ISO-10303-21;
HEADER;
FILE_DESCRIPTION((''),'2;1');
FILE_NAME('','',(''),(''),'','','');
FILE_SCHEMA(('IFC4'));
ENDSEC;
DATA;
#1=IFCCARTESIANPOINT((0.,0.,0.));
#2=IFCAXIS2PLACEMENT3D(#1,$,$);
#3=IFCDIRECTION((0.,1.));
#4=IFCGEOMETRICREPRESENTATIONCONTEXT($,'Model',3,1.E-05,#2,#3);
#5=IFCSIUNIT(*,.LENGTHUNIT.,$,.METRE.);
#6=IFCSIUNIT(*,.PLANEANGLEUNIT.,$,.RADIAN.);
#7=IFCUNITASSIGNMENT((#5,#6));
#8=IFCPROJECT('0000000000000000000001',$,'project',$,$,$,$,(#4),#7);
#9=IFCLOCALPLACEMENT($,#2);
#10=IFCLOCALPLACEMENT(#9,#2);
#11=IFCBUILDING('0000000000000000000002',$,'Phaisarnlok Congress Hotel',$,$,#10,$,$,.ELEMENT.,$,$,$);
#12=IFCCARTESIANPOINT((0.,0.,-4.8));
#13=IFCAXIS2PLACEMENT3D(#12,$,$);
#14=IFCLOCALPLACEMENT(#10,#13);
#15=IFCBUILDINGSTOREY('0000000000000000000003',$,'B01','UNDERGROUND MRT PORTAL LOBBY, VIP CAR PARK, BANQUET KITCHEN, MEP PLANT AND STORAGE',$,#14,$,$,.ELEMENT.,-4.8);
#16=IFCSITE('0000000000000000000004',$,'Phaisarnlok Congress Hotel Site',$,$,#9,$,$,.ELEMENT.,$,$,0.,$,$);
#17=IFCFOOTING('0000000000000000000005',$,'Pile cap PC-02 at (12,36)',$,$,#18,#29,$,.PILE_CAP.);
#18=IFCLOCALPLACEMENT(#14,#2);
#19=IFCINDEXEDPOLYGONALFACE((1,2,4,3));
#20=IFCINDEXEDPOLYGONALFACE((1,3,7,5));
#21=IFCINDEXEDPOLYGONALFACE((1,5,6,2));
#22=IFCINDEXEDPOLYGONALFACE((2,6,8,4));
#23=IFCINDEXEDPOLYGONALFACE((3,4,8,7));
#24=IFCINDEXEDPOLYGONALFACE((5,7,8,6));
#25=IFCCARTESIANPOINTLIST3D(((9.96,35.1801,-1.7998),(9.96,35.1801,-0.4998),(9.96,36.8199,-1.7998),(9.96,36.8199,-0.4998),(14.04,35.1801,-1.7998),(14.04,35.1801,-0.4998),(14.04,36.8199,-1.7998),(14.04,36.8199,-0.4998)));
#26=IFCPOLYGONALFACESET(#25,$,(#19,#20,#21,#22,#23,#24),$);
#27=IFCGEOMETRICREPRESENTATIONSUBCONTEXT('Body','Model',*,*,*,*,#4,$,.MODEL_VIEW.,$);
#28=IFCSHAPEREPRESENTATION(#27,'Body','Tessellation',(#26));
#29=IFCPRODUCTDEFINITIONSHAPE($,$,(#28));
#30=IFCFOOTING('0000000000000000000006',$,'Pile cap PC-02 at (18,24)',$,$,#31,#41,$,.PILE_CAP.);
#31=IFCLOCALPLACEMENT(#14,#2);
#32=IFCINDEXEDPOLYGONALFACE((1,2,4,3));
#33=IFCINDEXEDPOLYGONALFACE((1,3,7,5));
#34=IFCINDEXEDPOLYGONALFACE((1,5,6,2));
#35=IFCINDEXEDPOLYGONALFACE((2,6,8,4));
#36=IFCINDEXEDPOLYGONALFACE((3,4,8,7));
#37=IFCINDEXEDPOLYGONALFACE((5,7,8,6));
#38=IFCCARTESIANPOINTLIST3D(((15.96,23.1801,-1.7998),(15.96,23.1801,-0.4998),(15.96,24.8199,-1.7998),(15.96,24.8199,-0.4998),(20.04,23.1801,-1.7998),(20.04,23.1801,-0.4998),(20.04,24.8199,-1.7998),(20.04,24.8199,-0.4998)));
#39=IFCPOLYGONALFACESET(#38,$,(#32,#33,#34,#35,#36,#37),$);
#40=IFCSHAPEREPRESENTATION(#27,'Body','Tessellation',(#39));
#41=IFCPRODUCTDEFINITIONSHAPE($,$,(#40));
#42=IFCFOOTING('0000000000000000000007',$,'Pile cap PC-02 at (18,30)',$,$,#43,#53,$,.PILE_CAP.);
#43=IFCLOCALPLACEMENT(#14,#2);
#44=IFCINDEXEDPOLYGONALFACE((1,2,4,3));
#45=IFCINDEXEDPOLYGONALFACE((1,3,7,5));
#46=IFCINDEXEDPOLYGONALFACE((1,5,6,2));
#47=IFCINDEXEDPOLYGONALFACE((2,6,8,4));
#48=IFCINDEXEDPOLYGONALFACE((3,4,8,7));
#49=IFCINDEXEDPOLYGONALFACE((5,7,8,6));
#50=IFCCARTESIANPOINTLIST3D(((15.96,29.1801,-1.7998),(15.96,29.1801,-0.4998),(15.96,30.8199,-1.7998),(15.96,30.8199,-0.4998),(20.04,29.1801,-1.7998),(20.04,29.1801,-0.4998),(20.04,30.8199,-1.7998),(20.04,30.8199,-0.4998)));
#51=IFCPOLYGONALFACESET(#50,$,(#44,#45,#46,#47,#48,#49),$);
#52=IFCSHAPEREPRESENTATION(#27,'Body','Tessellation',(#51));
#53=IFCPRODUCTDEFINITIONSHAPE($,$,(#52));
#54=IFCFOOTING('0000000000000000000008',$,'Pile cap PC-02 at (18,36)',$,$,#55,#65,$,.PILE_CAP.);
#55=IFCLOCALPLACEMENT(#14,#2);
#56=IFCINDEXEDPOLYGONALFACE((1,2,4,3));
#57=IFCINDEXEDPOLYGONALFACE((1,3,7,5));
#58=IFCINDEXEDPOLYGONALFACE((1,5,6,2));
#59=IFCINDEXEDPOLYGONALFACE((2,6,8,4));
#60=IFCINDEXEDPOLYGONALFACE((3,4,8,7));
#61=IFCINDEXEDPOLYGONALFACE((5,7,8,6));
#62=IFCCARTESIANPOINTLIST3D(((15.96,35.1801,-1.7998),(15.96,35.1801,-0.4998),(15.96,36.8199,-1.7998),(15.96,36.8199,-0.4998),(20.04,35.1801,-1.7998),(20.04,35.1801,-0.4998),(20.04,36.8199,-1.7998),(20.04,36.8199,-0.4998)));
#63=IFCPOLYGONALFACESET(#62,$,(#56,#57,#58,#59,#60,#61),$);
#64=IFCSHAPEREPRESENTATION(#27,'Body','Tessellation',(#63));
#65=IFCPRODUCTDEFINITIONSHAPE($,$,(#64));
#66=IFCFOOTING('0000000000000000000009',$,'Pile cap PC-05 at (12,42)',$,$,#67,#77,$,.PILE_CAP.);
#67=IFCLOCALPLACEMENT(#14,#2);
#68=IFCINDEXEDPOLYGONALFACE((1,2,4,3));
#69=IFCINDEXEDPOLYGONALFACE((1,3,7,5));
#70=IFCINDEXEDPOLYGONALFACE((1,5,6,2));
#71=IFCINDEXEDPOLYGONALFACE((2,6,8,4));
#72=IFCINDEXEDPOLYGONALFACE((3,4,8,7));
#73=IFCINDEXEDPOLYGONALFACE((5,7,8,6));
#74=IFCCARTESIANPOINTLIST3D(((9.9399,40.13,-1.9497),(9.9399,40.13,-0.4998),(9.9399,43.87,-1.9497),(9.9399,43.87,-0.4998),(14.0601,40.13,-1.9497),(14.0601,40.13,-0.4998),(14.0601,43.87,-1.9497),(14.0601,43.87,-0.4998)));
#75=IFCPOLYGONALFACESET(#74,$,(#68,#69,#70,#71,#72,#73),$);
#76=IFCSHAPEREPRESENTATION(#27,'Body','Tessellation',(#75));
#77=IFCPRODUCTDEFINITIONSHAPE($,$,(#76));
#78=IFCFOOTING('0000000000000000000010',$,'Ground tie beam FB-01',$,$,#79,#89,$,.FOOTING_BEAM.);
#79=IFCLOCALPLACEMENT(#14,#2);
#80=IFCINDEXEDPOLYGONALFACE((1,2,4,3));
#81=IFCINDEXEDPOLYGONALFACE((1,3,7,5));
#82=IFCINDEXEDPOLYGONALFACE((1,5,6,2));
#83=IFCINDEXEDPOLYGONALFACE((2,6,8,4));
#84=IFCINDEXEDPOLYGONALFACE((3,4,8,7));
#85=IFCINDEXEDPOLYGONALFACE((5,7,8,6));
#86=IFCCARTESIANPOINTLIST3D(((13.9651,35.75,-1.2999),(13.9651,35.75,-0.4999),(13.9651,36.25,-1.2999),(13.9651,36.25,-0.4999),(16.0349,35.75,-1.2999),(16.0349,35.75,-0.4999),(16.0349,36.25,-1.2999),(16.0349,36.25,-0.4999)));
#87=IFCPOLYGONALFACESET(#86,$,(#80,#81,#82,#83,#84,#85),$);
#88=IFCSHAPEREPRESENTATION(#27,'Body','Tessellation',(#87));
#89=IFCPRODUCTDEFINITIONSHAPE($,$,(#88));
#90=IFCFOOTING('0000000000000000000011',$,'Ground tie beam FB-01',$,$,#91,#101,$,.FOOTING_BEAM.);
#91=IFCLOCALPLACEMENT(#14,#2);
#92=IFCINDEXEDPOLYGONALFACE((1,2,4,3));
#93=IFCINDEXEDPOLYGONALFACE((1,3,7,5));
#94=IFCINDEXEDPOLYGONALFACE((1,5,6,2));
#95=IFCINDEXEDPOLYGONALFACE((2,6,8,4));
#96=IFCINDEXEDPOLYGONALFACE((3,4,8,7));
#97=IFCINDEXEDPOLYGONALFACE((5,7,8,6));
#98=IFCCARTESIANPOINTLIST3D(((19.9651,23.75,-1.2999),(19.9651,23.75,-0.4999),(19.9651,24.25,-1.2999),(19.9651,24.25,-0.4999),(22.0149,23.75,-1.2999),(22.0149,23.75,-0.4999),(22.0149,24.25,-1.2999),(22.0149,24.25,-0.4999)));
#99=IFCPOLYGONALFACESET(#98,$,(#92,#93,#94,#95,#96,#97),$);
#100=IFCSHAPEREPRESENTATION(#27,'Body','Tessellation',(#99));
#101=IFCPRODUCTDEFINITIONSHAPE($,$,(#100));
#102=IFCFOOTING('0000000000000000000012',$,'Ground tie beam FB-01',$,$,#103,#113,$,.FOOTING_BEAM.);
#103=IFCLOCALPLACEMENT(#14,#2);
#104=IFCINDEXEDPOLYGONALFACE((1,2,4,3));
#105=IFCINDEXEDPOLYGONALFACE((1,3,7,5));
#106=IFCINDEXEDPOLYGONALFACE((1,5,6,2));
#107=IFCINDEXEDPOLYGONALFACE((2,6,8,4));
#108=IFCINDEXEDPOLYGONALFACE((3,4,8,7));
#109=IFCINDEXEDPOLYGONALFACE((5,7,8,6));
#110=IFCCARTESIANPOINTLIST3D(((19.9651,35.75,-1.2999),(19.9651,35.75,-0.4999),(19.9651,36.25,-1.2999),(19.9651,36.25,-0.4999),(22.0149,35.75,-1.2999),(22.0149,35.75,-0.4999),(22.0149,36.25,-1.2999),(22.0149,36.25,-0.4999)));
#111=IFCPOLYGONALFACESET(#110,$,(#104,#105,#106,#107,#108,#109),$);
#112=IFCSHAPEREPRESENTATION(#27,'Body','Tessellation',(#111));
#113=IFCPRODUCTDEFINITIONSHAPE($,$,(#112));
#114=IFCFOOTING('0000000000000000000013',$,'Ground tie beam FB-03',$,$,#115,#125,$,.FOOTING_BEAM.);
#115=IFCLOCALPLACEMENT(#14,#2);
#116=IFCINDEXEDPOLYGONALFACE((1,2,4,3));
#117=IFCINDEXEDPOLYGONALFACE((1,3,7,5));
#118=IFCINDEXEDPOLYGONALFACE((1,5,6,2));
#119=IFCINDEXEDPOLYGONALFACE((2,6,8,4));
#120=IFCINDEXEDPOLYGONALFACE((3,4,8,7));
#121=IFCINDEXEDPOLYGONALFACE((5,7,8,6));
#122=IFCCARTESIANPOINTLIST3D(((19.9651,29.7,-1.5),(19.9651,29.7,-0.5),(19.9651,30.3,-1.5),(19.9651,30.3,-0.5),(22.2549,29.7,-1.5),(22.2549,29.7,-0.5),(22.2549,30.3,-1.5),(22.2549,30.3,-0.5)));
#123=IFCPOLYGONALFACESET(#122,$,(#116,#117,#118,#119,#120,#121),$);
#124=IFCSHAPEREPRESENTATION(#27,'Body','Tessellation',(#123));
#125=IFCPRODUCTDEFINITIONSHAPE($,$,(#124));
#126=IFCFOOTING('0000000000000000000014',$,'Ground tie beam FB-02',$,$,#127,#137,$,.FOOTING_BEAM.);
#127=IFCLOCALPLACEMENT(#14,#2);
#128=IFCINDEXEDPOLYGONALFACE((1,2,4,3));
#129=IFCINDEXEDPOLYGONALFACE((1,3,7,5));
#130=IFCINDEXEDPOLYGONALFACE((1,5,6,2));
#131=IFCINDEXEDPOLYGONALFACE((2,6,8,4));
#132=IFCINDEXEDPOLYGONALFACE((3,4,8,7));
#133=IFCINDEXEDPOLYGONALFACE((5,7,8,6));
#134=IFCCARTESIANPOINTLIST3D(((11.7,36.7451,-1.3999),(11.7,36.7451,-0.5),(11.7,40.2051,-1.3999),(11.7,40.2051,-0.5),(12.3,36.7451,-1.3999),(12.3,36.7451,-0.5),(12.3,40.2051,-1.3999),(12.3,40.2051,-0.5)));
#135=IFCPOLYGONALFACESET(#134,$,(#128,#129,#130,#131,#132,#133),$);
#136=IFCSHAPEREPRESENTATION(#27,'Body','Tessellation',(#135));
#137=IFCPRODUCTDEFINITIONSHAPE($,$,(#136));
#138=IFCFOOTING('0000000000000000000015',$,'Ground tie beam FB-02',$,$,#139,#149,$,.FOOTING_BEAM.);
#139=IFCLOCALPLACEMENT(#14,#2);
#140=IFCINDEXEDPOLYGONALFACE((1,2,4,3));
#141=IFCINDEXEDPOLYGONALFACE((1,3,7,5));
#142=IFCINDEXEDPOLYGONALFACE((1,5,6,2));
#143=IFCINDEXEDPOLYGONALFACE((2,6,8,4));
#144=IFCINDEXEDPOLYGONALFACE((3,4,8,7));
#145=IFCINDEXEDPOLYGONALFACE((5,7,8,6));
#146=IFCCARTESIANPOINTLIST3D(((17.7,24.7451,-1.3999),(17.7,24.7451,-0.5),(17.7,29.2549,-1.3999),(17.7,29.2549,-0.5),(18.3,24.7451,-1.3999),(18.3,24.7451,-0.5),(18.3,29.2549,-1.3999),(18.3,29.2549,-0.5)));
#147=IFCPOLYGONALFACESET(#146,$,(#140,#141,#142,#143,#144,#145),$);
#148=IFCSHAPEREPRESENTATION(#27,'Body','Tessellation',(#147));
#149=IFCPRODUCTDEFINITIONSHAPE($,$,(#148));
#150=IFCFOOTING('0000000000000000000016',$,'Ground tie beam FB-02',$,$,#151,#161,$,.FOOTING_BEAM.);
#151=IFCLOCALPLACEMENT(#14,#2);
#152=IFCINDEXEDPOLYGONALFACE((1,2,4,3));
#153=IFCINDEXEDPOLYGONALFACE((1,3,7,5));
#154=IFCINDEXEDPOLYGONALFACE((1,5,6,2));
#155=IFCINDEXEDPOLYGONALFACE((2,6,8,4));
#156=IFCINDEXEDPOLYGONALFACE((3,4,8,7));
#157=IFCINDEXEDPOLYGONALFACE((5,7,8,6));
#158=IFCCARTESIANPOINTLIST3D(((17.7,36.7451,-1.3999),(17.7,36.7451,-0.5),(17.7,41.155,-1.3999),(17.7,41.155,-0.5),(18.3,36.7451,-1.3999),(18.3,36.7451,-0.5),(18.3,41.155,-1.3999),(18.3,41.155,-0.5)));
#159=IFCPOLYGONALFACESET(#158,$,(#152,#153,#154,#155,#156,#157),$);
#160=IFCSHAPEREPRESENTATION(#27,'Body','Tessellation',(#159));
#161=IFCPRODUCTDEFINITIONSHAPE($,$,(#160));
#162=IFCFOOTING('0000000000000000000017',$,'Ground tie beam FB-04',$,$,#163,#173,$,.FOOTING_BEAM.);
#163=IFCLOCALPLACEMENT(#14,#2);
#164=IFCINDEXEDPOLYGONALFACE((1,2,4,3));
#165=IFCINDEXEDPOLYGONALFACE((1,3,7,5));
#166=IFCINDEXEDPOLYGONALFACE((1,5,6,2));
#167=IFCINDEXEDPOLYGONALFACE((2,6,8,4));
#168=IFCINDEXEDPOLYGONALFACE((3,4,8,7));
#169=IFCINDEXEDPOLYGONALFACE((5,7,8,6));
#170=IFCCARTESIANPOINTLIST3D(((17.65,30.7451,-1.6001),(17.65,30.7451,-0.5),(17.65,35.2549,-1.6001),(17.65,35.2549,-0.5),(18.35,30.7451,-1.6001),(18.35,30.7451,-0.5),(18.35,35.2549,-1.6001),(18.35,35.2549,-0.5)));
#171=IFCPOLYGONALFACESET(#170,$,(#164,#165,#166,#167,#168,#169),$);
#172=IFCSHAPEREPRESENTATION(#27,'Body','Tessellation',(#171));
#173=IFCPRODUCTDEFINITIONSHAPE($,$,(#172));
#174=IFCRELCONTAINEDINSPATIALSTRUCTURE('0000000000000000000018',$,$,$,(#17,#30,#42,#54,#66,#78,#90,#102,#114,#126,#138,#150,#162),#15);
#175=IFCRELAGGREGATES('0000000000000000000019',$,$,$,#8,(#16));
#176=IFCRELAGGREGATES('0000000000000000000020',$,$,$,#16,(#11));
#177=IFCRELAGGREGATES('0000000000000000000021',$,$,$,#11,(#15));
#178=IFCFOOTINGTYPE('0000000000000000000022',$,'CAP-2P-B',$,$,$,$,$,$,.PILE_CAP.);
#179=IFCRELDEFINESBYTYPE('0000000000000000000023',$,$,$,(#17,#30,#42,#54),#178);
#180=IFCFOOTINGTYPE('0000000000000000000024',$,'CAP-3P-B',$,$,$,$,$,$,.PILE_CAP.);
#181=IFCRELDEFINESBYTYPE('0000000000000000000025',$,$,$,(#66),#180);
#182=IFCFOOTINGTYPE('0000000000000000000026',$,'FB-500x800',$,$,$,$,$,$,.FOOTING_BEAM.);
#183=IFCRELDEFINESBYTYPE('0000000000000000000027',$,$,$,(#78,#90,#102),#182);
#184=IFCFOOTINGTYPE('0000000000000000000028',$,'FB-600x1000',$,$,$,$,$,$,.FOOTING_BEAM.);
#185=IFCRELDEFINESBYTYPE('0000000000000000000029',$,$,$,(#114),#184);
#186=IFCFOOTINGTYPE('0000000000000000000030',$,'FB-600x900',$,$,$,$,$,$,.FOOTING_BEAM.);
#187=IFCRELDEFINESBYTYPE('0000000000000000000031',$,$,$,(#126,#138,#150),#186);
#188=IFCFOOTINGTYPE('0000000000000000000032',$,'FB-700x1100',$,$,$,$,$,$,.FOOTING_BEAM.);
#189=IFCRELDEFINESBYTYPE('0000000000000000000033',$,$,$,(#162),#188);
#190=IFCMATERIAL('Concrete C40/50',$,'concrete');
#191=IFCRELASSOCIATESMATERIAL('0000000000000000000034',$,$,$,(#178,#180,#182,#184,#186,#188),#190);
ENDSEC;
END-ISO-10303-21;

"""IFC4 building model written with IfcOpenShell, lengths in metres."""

from ifc_helpers import new_model, si_unit, direction, frame, origin, origin_2d, place, context, subcontext, project, spatial, rectangle, extrude, material, material_profile, profile_set, type_object, element, save


model = new_model("IFC4")

# Units and contexts
model_context = context("Model", 3, precision=1e-05, world=origin(), true_north=direction((0.0, 1.0)))
body_context = subcontext(model_context, "Body", "Model", "MODEL_VIEW")
ifc_project = project(units=[si_unit("LENGTHUNIT", "METRE"), si_unit("PLANEANGLEUNIT", "RADIAN")], contexts=[model_context])

# Site, building, storey
site_placement = place(None, origin())
site = spatial("IfcSite", under=ifc_project, at=site_placement, Name="Phaisarnlok Congress Hotel Site", CompositionType="ELEMENT", RefElevation=0.0)
building_placement = place(site_placement, origin())
building = spatial("IfcBuilding", under=site, at=building_placement, Name="Phaisarnlok Congress Hotel", CompositionType="ELEMENT")
storey_placement = place(building_placement, frame((0.0, 0.0, -4.8)))
storey = spatial("IfcBuildingStorey", under=building, at=storey_placement, Name="B01", Description="UNDERGROUND MRT PORTAL LOBBY, VIP CAR PARK, BANQUET KITCHEN, MEP PLANT AND STORAGE", CompositionType="ELEMENT", Elevation=-4.8)

# Footings
ifc_material_1 = material(Name="Concrete C40/50", Category="concrete")
footing_type_1 = type_object("IfcFootingType", Name="CAP-2P-B", PredefinedType="PILE_CAP", material=ifc_material_1)
for number, where, z_axis, x_axis, name in (
    (1, (12.0, 36.0, -1.7998), (0.0, 0.0, 1.0), (1.0, 0.0, 0.0), "Pile cap PC-02 at (12,36)"),
    (2, (18.0, 24.0, -1.7998), (0.0, 0.0, 1.0), (1.0, 0.0, 0.0), "Pile cap PC-02 at (18,24)"),
    (3, (18.0, 30.0, -1.7998), (0.0, 0.0, 1.0), (1.0, 0.0, 0.0), "Pile cap PC-02 at (18,30)"),
    (4, (18.0, 36.0, -1.7998), (0.0, 0.0, 1.0), (1.0, 0.0, 0.0), "Pile cap PC-02 at (18,36)"),
):
    element("IfcFooting", number, at=place(storey_placement, frame(where, z_axis=z_axis, x_axis=x_axis)), inside=storey, type_object=footing_type_1, Name=name, PredefinedType="PILE_CAP", context=body_context, shape_type="SweptSolid", body=[
        extrude(rectangle(XDim=4.0801, YDim=1.6399, at=origin_2d()), origin(), (0.0, 0.0, 1.0), 1.3),
    ])
footing_type_2 = type_object("IfcFootingType", Name="CAP-3P-B", PredefinedType="PILE_CAP", material=ifc_material_1)
footing_1_placement = place(storey_placement, frame((12.0, 42.0, -1.9497), z_axis=(0.0, 0.0, 1.0), x_axis=(1.0, 0.0, 0.0)))
element("IfcFooting", 5, at=footing_1_placement, inside=storey, type_object=footing_type_2, Name="Pile cap PC-05 at (12,42)", PredefinedType="PILE_CAP", context=body_context, shape_type="SweptSolid", body=[
    extrude(rectangle(XDim=4.1201, YDim=3.74, at=origin_2d()), origin(), (0.0, 0.0, 1.0), 1.45),
])
ifc_material_profile_1 = material_profile(ifc_material_1, rectangle(XDim=0.5, YDim=0.8, at=origin_2d()), Name="FB-500x800")
ifc_profile_set_1 = profile_set([ifc_material_profile_1], Name="Concrete C40/50")
footing_type_3 = type_object("IfcFootingType", Name="FB-500x800", PredefinedType="FOOTING_BEAM", material=ifc_profile_set_1)
footing_2_placement = place(storey_placement, frame((13.9651, 36.0, -0.8999), z_axis=(1.0, 0.0, 0.0), x_axis=(0.0, 1.0, 0.0)))
element("IfcFooting", 6, at=footing_2_placement, inside=storey, type_object=footing_type_3, Name="Ground tie beam FB-01", PredefinedType="FOOTING_BEAM", context=body_context, shape_type="SweptSolid", body=[
    extrude(rectangle(XDim=0.5, YDim=0.8, at=origin_2d()), origin(), (0.0, 0.0, 1.0), 2.0698),
])
for number, where, z_axis, x_axis, name in (
    (7, (19.9651, 24.0, -0.8999), (1.0, 0.0, 0.0), (0.0, 1.0, 0.0), "Ground tie beam FB-01"),
    (8, (19.9651, 36.0, -0.8999), (1.0, 0.0, 0.0), (0.0, 1.0, 0.0), "Ground tie beam FB-01"),
):
    element("IfcFooting", number, at=place(storey_placement, frame(where, z_axis=z_axis, x_axis=x_axis)), inside=storey, type_object=footing_type_3, Name=name, PredefinedType="FOOTING_BEAM", context=body_context, shape_type="SweptSolid", body=[
        extrude(rectangle(XDim=0.5, YDim=0.8, at=origin_2d()), origin(), (0.0, 0.0, 1.0), 2.0498),
    ])
ifc_material_profile_2 = material_profile(ifc_material_1, rectangle(XDim=0.6001, YDim=1.0, at=origin_2d()), Name="FB-600x1000")
ifc_profile_set_2 = profile_set([ifc_material_profile_2], Name="Concrete C40/50")
footing_type_4 = type_object("IfcFootingType", Name="FB-600x1000", PredefinedType="FOOTING_BEAM", material=ifc_profile_set_2)
footing_3_placement = place(storey_placement, frame((19.9651, 30.0, -1.0), z_axis=(1.0, 0.0, 0.0), x_axis=(0.0, 1.0, 0.0)))
element("IfcFooting", 9, at=footing_3_placement, inside=storey, type_object=footing_type_4, Name="Ground tie beam FB-03", PredefinedType="FOOTING_BEAM", context=body_context, shape_type="SweptSolid", body=[
    extrude(rectangle(XDim=0.6001, YDim=1.0, at=origin_2d()), origin(), (0.0, 0.0, 1.0), 2.2898),
])
ifc_material_profile_3 = material_profile(ifc_material_1, rectangle(XDim=0.6001, YDim=0.8999, at=origin_2d()), Name="FB-600x900")
ifc_profile_set_3 = profile_set([ifc_material_profile_3], Name="Concrete C40/50")
footing_type_5 = type_object("IfcFootingType", Name="FB-600x900", PredefinedType="FOOTING_BEAM", material=ifc_profile_set_3)
footing_4_placement = place(storey_placement, frame((12.0, 36.7451, -0.95), z_axis=(0.0, 1.0, 0.0), x_axis=(-1.0, 0.0, 0.0)))
element("IfcFooting", 10, at=footing_4_placement, inside=storey, type_object=footing_type_5, Name="Ground tie beam FB-02", PredefinedType="FOOTING_BEAM", context=body_context, shape_type="SweptSolid", body=[
    extrude(rectangle(XDim=0.6001, YDim=0.8999, at=origin_2d()), origin(), (0.0, 0.0, 1.0), 3.46),
])
footing_5_placement = place(storey_placement, frame((18.0, 24.7451, -0.95), z_axis=(0.0, 1.0, 0.0), x_axis=(-1.0, 0.0, 0.0)))
element("IfcFooting", 11, at=footing_5_placement, inside=storey, type_object=footing_type_5, Name="Ground tie beam FB-02", PredefinedType="FOOTING_BEAM", context=body_context, shape_type="SweptSolid", body=[
    extrude(rectangle(XDim=0.6001, YDim=0.8999, at=origin_2d()), origin(), (0.0, 0.0, 1.0), 4.5098),
])
footing_6_placement = place(storey_placement, frame((18.0, 36.7451, -0.95), z_axis=(0.0, 1.0, 0.0), x_axis=(-1.0, 0.0, 0.0)))
element("IfcFooting", 12, at=footing_6_placement, inside=storey, type_object=footing_type_5, Name="Ground tie beam FB-02", PredefinedType="FOOTING_BEAM", context=body_context, shape_type="SweptSolid", body=[
    extrude(rectangle(XDim=0.6001, YDim=0.8999, at=origin_2d()), origin(), (0.0, 0.0, 1.0), 4.4099),
])
ifc_material_profile_4 = material_profile(ifc_material_1, rectangle(XDim=0.7, YDim=1.1001, at=origin_2d()), Name="FB-700x1100")
ifc_profile_set_4 = profile_set([ifc_material_profile_4], Name="Concrete C40/50")
footing_type_6 = type_object("IfcFootingType", Name="FB-700x1100", PredefinedType="FOOTING_BEAM", material=ifc_profile_set_4)
footing_7_placement = place(storey_placement, frame((18.0, 30.7451, -1.05), z_axis=(0.0, 1.0, 0.0), x_axis=(-1.0, 0.0, 0.0)))
element("IfcFooting", 13, at=footing_7_placement, inside=storey, type_object=footing_type_6, Name="Ground tie beam FB-04", PredefinedType="FOOTING_BEAM", context=body_context, shape_type="SweptSolid", body=[
    extrude(rectangle(XDim=0.7, YDim=1.1001, at=origin_2d()), origin(), (0.0, 0.0, 1.0), 4.5098),
])

save(model, "model.ifc")
